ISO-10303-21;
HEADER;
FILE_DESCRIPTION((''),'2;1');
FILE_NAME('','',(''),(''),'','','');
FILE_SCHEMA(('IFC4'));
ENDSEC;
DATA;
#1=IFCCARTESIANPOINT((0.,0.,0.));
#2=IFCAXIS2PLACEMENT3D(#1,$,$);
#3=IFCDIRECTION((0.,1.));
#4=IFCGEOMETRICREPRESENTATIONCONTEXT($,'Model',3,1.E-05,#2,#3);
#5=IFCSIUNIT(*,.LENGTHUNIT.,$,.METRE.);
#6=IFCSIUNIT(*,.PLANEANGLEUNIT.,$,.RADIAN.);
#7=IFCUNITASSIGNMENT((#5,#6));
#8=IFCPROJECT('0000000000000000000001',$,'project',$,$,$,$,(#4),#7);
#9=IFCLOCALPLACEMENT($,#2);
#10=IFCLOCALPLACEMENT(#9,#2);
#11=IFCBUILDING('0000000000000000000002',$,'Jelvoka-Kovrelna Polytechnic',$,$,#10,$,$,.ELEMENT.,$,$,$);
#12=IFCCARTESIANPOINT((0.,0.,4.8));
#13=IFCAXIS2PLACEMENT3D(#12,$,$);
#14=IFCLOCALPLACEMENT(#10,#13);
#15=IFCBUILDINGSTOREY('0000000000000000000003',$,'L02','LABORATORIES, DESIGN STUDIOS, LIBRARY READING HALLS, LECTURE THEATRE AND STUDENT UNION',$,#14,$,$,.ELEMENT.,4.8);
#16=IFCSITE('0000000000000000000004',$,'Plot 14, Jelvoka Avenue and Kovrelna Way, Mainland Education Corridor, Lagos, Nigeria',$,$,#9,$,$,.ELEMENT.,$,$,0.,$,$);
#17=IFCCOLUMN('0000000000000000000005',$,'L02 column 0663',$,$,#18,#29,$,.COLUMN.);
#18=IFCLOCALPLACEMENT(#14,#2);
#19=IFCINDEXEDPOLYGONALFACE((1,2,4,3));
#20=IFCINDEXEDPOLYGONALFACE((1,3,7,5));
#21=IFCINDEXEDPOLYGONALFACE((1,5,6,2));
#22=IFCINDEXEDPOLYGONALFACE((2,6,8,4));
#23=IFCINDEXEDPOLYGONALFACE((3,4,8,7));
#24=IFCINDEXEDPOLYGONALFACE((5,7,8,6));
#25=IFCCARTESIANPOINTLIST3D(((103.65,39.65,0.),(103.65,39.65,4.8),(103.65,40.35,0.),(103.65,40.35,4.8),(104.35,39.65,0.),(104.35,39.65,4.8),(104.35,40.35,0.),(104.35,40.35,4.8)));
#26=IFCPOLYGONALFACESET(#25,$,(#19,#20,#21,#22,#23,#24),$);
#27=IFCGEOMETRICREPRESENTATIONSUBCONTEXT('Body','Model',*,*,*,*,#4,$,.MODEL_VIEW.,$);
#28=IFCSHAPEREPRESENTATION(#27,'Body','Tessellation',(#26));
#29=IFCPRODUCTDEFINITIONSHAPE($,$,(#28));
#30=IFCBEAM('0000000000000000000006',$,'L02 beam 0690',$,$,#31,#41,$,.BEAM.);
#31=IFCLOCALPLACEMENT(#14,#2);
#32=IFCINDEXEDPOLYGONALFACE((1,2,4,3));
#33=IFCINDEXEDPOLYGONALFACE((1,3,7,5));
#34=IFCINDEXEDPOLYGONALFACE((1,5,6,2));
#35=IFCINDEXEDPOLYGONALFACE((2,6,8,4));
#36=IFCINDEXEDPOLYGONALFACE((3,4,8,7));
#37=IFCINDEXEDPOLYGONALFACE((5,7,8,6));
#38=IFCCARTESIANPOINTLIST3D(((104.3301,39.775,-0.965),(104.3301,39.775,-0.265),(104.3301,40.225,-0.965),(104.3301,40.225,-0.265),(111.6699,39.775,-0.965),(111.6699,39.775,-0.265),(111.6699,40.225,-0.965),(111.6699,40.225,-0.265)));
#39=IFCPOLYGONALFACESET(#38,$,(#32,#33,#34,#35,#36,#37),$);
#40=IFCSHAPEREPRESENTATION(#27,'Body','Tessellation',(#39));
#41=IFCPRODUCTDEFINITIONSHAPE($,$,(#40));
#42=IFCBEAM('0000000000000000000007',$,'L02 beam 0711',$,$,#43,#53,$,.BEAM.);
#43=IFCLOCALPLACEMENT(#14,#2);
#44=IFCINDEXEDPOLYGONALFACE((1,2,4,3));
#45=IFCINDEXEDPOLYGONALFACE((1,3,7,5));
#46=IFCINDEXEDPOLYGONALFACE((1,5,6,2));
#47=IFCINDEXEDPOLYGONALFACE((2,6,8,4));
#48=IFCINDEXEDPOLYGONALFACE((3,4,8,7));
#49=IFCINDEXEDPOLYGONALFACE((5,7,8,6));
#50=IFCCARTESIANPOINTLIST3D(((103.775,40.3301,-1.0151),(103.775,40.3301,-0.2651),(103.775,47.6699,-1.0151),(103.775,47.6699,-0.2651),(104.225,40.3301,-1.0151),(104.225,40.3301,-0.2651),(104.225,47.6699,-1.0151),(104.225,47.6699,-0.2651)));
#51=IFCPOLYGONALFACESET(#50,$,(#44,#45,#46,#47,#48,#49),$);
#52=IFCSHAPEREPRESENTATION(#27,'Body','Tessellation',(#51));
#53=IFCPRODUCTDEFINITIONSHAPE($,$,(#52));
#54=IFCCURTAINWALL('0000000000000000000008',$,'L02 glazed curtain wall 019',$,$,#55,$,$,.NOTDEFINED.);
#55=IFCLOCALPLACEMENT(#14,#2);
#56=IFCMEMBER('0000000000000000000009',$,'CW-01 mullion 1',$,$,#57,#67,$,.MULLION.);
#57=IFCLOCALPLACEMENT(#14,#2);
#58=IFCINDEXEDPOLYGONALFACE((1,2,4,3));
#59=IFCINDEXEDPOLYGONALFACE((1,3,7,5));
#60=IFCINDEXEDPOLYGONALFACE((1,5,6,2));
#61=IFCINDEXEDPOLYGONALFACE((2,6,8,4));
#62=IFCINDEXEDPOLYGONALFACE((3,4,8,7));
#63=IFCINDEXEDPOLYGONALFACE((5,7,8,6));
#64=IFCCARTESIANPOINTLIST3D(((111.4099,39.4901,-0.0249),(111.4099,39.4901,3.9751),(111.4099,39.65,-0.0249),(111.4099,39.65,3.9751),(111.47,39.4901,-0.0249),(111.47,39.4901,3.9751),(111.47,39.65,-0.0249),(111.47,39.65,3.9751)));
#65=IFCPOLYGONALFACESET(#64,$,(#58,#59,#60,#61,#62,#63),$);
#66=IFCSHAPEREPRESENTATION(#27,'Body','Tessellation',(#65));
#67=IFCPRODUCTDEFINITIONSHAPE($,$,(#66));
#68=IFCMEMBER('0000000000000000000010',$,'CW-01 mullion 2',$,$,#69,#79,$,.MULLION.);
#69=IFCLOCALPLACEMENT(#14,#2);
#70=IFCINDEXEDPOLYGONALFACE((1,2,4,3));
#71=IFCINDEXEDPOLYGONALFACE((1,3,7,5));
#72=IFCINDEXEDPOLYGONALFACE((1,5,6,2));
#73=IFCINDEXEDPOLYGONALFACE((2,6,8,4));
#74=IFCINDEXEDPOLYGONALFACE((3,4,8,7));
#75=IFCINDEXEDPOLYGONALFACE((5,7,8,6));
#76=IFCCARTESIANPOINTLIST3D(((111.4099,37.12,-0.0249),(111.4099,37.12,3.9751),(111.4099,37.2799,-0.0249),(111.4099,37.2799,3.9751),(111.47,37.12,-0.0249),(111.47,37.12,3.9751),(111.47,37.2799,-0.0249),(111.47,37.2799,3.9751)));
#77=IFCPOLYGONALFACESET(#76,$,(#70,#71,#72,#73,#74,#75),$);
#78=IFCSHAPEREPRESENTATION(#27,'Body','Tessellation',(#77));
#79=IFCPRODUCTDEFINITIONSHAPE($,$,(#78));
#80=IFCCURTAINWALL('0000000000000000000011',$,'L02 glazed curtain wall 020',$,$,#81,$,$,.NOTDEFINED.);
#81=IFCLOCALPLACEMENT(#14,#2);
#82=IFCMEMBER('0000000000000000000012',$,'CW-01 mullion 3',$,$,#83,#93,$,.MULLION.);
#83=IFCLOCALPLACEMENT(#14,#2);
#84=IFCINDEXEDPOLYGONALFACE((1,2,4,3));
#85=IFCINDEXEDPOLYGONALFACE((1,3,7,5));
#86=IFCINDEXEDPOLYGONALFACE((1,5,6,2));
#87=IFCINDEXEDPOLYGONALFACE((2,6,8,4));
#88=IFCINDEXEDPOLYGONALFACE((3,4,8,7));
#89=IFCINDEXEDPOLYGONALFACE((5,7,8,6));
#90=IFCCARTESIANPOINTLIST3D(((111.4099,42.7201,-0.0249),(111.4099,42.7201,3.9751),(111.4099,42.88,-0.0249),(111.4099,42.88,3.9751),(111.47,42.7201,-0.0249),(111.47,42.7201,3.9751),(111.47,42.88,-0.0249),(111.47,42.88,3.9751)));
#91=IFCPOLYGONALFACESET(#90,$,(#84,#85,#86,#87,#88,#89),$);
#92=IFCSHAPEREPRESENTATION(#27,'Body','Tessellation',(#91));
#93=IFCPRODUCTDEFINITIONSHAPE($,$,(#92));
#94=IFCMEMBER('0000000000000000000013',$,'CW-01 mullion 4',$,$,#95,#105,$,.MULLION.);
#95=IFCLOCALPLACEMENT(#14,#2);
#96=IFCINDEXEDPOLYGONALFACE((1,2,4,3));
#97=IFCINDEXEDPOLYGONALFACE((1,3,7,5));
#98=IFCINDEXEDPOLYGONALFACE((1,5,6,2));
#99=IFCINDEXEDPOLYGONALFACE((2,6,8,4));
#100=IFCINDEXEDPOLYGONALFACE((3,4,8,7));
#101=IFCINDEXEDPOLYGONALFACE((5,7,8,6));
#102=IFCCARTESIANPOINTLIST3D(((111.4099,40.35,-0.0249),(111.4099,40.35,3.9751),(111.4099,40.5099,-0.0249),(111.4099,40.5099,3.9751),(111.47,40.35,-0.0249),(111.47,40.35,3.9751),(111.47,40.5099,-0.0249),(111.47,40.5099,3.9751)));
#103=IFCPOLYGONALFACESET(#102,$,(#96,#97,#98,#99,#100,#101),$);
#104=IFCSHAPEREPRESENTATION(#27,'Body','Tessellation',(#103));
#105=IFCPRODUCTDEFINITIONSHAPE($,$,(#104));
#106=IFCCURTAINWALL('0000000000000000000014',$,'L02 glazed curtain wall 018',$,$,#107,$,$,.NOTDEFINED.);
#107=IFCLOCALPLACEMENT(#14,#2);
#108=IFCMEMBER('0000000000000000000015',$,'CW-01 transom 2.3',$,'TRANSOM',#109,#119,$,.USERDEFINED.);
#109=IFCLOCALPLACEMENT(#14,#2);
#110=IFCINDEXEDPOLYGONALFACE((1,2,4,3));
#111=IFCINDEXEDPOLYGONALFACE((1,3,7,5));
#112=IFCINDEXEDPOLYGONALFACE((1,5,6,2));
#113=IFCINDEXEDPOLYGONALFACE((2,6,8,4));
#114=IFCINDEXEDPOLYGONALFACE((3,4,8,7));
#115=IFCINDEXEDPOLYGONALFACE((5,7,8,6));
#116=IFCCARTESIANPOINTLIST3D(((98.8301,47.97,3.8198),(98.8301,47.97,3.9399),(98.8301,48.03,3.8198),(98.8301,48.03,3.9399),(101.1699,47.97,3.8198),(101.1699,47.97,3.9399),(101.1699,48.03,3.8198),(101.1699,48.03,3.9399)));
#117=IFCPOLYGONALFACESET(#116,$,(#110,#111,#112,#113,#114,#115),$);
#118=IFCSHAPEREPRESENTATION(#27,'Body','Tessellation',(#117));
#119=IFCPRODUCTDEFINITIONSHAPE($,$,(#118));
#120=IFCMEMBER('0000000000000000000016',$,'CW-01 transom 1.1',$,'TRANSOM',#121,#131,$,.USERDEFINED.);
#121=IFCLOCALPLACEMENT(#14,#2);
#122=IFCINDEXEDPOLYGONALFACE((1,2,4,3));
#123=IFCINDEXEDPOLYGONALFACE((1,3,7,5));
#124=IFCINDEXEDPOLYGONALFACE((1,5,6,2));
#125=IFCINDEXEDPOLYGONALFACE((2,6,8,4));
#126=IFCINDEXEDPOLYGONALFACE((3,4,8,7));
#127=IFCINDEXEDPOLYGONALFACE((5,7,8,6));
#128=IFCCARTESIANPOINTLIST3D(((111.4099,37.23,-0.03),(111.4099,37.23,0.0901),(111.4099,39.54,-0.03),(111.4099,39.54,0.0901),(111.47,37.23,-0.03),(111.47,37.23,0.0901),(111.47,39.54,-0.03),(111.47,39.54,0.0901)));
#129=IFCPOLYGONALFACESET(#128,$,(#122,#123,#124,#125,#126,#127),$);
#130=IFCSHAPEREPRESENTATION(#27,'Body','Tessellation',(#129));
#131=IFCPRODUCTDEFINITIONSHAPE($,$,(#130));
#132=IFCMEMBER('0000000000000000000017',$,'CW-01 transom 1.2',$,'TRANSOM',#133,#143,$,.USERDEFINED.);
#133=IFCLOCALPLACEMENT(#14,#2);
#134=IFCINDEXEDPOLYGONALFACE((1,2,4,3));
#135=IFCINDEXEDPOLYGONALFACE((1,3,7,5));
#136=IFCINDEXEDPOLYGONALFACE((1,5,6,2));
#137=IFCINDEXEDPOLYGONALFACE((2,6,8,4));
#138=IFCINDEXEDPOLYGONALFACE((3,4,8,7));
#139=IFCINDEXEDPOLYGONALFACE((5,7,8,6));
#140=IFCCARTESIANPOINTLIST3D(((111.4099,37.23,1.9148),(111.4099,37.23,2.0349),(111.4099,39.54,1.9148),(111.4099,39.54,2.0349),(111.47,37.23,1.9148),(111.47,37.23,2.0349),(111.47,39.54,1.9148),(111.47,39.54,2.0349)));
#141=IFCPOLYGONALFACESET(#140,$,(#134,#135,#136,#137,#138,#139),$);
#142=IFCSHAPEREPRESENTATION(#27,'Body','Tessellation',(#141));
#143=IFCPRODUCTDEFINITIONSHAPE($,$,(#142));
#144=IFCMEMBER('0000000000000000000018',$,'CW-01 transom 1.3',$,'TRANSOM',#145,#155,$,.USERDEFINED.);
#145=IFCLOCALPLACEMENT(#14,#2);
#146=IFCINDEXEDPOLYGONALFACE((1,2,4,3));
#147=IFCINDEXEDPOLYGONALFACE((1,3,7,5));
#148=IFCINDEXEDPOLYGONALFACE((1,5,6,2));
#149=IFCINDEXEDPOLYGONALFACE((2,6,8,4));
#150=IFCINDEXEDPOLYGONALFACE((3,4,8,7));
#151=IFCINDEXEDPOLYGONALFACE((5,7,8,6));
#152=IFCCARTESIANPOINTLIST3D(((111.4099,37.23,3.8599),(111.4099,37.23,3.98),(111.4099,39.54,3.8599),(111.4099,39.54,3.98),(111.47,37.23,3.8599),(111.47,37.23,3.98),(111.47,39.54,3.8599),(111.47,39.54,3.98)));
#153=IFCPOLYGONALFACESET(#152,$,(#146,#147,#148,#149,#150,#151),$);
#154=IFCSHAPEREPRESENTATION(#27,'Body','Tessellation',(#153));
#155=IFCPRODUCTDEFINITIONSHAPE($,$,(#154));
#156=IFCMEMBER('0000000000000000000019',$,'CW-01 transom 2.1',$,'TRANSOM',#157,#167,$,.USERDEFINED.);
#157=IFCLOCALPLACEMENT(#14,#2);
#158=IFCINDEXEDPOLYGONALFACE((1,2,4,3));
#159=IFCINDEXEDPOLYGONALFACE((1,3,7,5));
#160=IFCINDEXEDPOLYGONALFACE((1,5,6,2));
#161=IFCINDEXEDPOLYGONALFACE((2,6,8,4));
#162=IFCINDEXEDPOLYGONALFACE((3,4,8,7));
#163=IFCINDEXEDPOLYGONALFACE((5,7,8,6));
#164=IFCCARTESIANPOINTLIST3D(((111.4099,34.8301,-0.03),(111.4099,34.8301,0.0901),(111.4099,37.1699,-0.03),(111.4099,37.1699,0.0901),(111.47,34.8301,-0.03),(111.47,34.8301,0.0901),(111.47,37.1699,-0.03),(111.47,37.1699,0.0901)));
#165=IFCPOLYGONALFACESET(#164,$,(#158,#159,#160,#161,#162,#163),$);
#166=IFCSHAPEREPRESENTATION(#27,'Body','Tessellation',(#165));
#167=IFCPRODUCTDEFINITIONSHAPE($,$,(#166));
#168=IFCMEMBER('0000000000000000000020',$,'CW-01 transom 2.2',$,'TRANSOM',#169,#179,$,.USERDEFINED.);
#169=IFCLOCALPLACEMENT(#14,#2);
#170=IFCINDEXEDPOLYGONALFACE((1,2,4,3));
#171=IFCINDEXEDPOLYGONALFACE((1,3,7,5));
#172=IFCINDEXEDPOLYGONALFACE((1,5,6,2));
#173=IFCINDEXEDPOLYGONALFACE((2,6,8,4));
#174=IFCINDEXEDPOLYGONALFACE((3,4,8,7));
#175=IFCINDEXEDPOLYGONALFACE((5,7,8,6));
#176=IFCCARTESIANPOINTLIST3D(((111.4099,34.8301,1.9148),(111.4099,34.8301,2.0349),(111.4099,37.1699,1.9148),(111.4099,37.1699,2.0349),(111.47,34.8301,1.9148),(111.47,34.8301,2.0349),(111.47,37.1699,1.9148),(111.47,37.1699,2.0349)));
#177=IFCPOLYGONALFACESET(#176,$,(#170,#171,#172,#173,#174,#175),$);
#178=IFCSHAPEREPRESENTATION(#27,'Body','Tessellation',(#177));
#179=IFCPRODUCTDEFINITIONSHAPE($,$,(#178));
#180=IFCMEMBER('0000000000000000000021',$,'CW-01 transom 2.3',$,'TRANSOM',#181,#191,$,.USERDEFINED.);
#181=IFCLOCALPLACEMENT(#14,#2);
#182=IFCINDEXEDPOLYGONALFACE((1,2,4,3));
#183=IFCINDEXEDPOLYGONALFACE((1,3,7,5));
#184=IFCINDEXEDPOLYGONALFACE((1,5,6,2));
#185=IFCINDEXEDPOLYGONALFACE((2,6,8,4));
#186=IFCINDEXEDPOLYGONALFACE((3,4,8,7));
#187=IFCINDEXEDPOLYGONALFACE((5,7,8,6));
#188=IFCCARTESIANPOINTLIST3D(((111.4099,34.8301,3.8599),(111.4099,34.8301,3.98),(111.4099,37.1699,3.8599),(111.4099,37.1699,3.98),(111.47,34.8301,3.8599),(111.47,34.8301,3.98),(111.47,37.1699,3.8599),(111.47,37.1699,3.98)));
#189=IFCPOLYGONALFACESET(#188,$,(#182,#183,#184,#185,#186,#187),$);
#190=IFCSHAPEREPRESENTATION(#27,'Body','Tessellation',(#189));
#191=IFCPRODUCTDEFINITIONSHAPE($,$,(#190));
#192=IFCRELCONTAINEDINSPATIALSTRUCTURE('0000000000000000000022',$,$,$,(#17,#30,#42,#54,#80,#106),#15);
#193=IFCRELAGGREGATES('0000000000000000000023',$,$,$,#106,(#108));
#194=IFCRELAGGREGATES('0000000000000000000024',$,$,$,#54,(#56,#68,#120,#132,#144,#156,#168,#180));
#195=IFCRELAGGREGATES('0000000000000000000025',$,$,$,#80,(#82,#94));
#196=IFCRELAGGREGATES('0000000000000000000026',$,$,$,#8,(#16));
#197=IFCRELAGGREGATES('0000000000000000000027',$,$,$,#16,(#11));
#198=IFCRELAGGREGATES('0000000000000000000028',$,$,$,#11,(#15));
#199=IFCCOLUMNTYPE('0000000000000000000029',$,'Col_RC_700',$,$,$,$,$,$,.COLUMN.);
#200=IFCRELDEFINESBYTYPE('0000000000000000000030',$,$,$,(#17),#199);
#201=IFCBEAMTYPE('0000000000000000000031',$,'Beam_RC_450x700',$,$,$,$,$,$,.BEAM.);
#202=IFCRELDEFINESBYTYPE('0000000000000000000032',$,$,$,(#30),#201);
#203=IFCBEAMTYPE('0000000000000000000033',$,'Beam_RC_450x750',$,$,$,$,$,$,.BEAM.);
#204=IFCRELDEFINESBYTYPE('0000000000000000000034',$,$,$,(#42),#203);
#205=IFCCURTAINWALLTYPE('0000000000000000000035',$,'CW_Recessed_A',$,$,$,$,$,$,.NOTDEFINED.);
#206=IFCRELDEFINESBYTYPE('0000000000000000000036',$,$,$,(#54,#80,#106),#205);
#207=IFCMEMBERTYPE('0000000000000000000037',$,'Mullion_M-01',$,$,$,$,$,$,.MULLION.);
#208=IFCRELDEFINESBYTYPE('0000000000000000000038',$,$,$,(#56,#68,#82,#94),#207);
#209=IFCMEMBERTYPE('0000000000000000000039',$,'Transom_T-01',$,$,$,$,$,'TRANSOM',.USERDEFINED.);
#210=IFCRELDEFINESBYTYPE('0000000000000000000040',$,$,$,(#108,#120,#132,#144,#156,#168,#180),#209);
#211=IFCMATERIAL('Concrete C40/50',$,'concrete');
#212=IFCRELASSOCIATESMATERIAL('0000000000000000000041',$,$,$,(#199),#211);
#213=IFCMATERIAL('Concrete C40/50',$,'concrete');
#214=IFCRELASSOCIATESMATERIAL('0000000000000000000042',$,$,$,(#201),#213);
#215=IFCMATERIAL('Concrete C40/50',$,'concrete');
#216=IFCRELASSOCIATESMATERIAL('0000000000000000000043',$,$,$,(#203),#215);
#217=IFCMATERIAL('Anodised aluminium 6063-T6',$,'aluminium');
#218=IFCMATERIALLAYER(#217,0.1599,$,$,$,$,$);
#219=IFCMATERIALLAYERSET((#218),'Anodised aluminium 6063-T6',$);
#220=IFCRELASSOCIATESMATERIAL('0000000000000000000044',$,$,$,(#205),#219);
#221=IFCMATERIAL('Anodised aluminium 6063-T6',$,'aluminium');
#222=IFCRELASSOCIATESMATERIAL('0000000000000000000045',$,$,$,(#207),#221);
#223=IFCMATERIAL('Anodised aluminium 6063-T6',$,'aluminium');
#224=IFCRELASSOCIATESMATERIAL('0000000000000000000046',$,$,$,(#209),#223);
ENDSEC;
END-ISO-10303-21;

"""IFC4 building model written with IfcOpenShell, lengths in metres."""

from ifc_helpers import new_model, si_unit, direction, frame, origin, origin_2d, place, context, subcontext, project, spatial, rectangle, extrude, material, layer, layer_set, material_profile, profile_set, type_object, element, aggregate, save


model = new_model("IFC4")

# Units and contexts
model_context = context("Model", 3, precision=1e-05, world=origin(), true_north=direction((0.0, 1.0)))
body_context = subcontext(model_context, "Body", "Model", "MODEL_VIEW")
ifc_project = project(units=[si_unit("LENGTHUNIT", "METRE"), si_unit("PLANEANGLEUNIT", "RADIAN")], contexts=[model_context])

# Site, building, storey
site_placement = place(None, origin())
site = spatial("IfcSite", under=ifc_project, at=site_placement, Name="Plot 14, Jelvoka Avenue and Kovrelna Way, Mainland Education Corridor, Lagos, Nigeria", CompositionType="ELEMENT", RefElevation=0.0)
building_placement = place(site_placement, origin())
building = spatial("IfcBuilding", under=site, at=building_placement, Name="Jelvoka-Kovrelna Polytechnic", CompositionType="ELEMENT")
storey_placement = place(building_placement, frame((0.0, 0.0, 4.8)))
storey = spatial("IfcBuildingStorey", under=building, at=storey_placement, Name="L02", Description="LABORATORIES, DESIGN STUDIOS, LIBRARY READING HALLS, LECTURE THEATRE AND STUDENT UNION", CompositionType="ELEMENT", Elevation=4.8)

# Column
ifc_material_1 = material(Name="Concrete C40/50", Category="concrete")
ifc_material_profile_1 = material_profile(ifc_material_1, rectangle(XDim=0.7, YDim=0.7, at=origin_2d()), Name="RC 700x700")
ifc_profile_set_1 = profile_set([ifc_material_profile_1], Name="Concrete C40/50")
column_type = type_object("IfcColumnType", Name="Col_RC_700", PredefinedType="COLUMN", material=ifc_profile_set_1)
column_placement = place(storey_placement, frame((104.0, 40.0, 0.0), z_axis=(0.0, 0.0, 1.0), x_axis=(1.0, 0.0, 0.0)))
element("IfcColumn", 1, at=column_placement, inside=storey, type_object=column_type, Name="L02 column 0663", PredefinedType="COLUMN", context=body_context, shape_type="SweptSolid", body=[
    extrude(rectangle(XDim=0.7, YDim=0.7, at=origin_2d()), origin(), (0.0, 0.0, 1.0), 4.8),
])

# Beams
ifc_material_2 = material(Name="Concrete C40/50", Category="concrete")
ifc_material_profile_2 = material_profile(ifc_material_2, rectangle(XDim=0.45, YDim=0.7, at=origin_2d()), Name="RC 450x700")
ifc_profile_set_2 = profile_set([ifc_material_profile_2], Name="Concrete C40/50")
beam_type_1 = type_object("IfcBeamType", Name="Beam_RC_450x700", PredefinedType="BEAM", material=ifc_profile_set_2)
beam_1_placement = place(storey_placement, frame((104.3301, 40.0, -0.615), z_axis=(1.0, 0.0, 0.0), x_axis=(0.0, 1.0, 0.0)))
element("IfcBeam", 2, at=beam_1_placement, inside=storey, type_object=beam_type_1, Name="L02 beam 0690", PredefinedType="BEAM", context=body_context, shape_type="SweptSolid", body=[
    extrude(rectangle(XDim=0.45, YDim=0.7, at=origin_2d()), origin(), (0.0, 0.0, 1.0), 7.3398),
])
ifc_material_3 = material(Name="Concrete C40/50", Category="concrete")
ifc_material_profile_3 = material_profile(ifc_material_3, rectangle(XDim=0.45, YDim=0.75, at=origin_2d()), Name="RC 450x750")
ifc_profile_set_3 = profile_set([ifc_material_profile_3], Name="Concrete C40/50")
beam_type_2 = type_object("IfcBeamType", Name="Beam_RC_450x750", PredefinedType="BEAM", material=ifc_profile_set_3)
beam_2_placement = place(storey_placement, frame((104.0, 40.3301, -0.6401), z_axis=(0.0, 1.0, 0.0), x_axis=(-1.0, 0.0, 0.0)))
element("IfcBeam", 3, at=beam_2_placement, inside=storey, type_object=beam_type_2, Name="L02 beam 0711", PredefinedType="BEAM", context=body_context, shape_type="SweptSolid", body=[
    extrude(rectangle(XDim=0.45, YDim=0.75, at=origin_2d()), origin(), (0.0, 0.0, 1.0), 7.3398),
])

# Curtain walls, members
ifc_material_4 = material(Name="Anodised aluminium 6063-T6", Category="aluminium")
ifc_layer_1 = layer(ifc_material_4, 0.1599)
ifc_layer_set_1 = layer_set([ifc_layer_1], Name="Anodised aluminium 6063-T6")
curtain_wall_type = type_object("IfcCurtainWallType", Name="CW_Recessed_A", PredefinedType="NOTDEFINED", material=ifc_layer_set_1)
curtain_wall_1_placement = place(storey_placement, origin())
curtain_wall_1 = element("IfcCurtainWall", 4, at=curtain_wall_1_placement, inside=storey, type_object=curtain_wall_type, Name="L02 glazed curtain wall 019", PredefinedType="NOTDEFINED")
ifc_material_5 = material(Name="Anodised aluminium 6063-T6", Category="aluminium")
ifc_material_profile_4 = material_profile(ifc_material_5, rectangle(XDim=0.0601, YDim=0.1599, at=origin_2d()), Name="ALU 60x160")
ifc_profile_set_4 = profile_set([ifc_material_profile_4], Name="Anodised aluminium 6063-T6")
member_type_1 = type_object("IfcMemberType", Name="Mullion_M-01", PredefinedType="MULLION", material=ifc_profile_set_4)
member_1_placement = place(storey_placement, frame((111.4399, 39.5701, -0.0249), z_axis=(0.0, 0.0, 1.0), x_axis=(1.0, 0.0, 0.0)))
member_1 = element("IfcMember", 5, at=member_1_placement, type_object=member_type_1, Name="CW-01 mullion 1", PredefinedType="MULLION", context=body_context, shape_type="SweptSolid", body=[
    extrude(rectangle(XDim=0.0601, YDim=0.1599, at=origin_2d()), origin(), (0.0, 0.0, 1.0), 4.0),
])
member_2_placement = place(storey_placement, frame((111.4399, 37.2, -0.0249), z_axis=(0.0, 0.0, 1.0), x_axis=(1.0, 0.0, 0.0)))
member_2 = element("IfcMember", 6, at=member_2_placement, type_object=member_type_1, Name="CW-01 mullion 2", PredefinedType="MULLION", context=body_context, shape_type="SweptSolid", body=[
    extrude(rectangle(XDim=0.0601, YDim=0.1599, at=origin_2d()), origin(), (0.0, 0.0, 1.0), 4.0),
])
curtain_wall_2_placement = place(storey_placement, origin())
curtain_wall_2 = element("IfcCurtainWall", 7, at=curtain_wall_2_placement, inside=storey, type_object=curtain_wall_type, Name="L02 glazed curtain wall 020", PredefinedType="NOTDEFINED")
member_3_placement = place(storey_placement, frame((111.4399, 42.8, -0.0249), z_axis=(0.0, 0.0, 1.0), x_axis=(1.0, 0.0, 0.0)))
member_3 = element("IfcMember", 8, at=member_3_placement, type_object=member_type_1, Name="CW-01 mullion 3", PredefinedType="MULLION", context=body_context, shape_type="SweptSolid", body=[
    extrude(rectangle(XDim=0.0601, YDim=0.1599, at=origin_2d()), origin(), (0.0, 0.0, 1.0), 4.0),
])
member_4_placement = place(storey_placement, frame((111.4399, 40.4299, -0.0249), z_axis=(0.0, 0.0, 1.0), x_axis=(1.0, 0.0, 0.0)))
member_4 = element("IfcMember", 9, at=member_4_placement, type_object=member_type_1, Name="CW-01 mullion 4", PredefinedType="MULLION", context=body_context, shape_type="SweptSolid", body=[
    extrude(rectangle(XDim=0.0601, YDim=0.1599, at=origin_2d()), origin(), (0.0, 0.0, 1.0), 4.0),
])

# Curtain wall, member
curtain_wall_3_placement = place(storey_placement, origin())
curtain_wall_3 = element("IfcCurtainWall", 10, at=curtain_wall_3_placement, inside=storey, type_object=curtain_wall_type, Name="L02 glazed curtain wall 018", PredefinedType="NOTDEFINED")
ifc_material_6 = material(Name="Anodised aluminium 6063-T6", Category="aluminium")
ifc_material_profile_5 = material_profile(ifc_material_6, rectangle(XDim=0.0601, YDim=0.1201, at=origin_2d()), Name="ALU 60x120")
ifc_profile_set_5 = profile_set([ifc_material_profile_5], Name="Anodised aluminium 6063-T6")
member_type_2 = type_object("IfcMemberType", Name="Transom_T-01", ElementType="TRANSOM", PredefinedType="USERDEFINED", material=ifc_profile_set_5)
member_5_placement = place(storey_placement, frame((98.8301, 48.0, 3.8799), z_axis=(1.0, 0.0, 0.0), x_axis=(0.0, 1.0, 0.0)))
member_5 = element("IfcMember", 11, at=member_5_placement, type_object=member_type_2, Name="CW-01 transom 2.3", ObjectType="TRANSOM", PredefinedType="USERDEFINED", context=body_context, shape_type="SweptSolid", body=[
    extrude(rectangle(XDim=0.0601, YDim=0.1201, at=origin_2d()), origin(), (0.0, 0.0, 1.0), 2.3398),
])

# Members
member_6_placement = place(storey_placement, frame((111.4399, 39.54, 0.03), z_axis=(0.0, -1.0, 0.0), x_axis=(1.0, 0.0, 0.0)))
member_6 = element("IfcMember", 12, at=member_6_placement, type_object=member_type_2, Name="CW-01 transom 1.1", ObjectType="TRANSOM", PredefinedType="USERDEFINED", context=body_context, shape_type="SweptSolid", body=[
    extrude(rectangle(XDim=0.0601, YDim=0.1201, at=origin_2d()), origin(), (0.0, 0.0, 1.0), 2.3101),
])
member_7_placement = place(storey_placement, frame((111.4399, 39.54, 1.9749), z_axis=(0.0, -1.0, 0.0), x_axis=(1.0, 0.0, 0.0)))
member_7 = element("IfcMember", 13, at=member_7_placement, type_object=member_type_2, Name="CW-01 transom 1.2", ObjectType="TRANSOM", PredefinedType="USERDEFINED", context=body_context, shape_type="SweptSolid", body=[
    extrude(rectangle(XDim=0.0601, YDim=0.1201, at=origin_2d()), origin(), (0.0, 0.0, 1.0), 2.3101),
])
member_8_placement = place(storey_placement, frame((111.4399, 39.54, 3.9199), z_axis=(0.0, -1.0, 0.0), x_axis=(1.0, 0.0, 0.0)))
member_8 = element("IfcMember", 14, at=member_8_placement, type_object=member_type_2, Name="CW-01 transom 1.3", ObjectType="TRANSOM", PredefinedType="USERDEFINED", context=body_context, shape_type="SweptSolid", body=[
    extrude(rectangle(XDim=0.0601, YDim=0.1201, at=origin_2d()), origin(), (0.0, 0.0, 1.0), 2.3101),
])
member_9_placement = place(storey_placement, frame((111.4399, 37.1699, 0.03), z_axis=(0.0, -1.0, 0.0), x_axis=(1.0, 0.0, 0.0)))
member_9 = element("IfcMember", 15, at=member_9_placement, type_object=member_type_2, Name="CW-01 transom 2.1", ObjectType="TRANSOM", PredefinedType="USERDEFINED", context=body_context, shape_type="SweptSolid", body=[
    extrude(rectangle(XDim=0.0601, YDim=0.1201, at=origin_2d()), origin(), (0.0, 0.0, 1.0), 2.3398),
])
member_10_placement = place(storey_placement, frame((111.4399, 37.1699, 1.9749), z_axis=(0.0, -1.0, 0.0), x_axis=(1.0, 0.0, 0.0)))
member_10 = element("IfcMember", 16, at=member_10_placement, type_object=member_type_2, Name="CW-01 transom 2.2", ObjectType="TRANSOM", PredefinedType="USERDEFINED", context=body_context, shape_type="SweptSolid", body=[
    extrude(rectangle(XDim=0.0601, YDim=0.1201, at=origin_2d()), origin(), (0.0, 0.0, 1.0), 2.3398),
])
member_11_placement = place(storey_placement, frame((111.4399, 37.1699, 3.9199), z_axis=(0.0, -1.0, 0.0), x_axis=(1.0, 0.0, 0.0)))
member_11 = element("IfcMember", 17, at=member_11_placement, type_object=member_type_2, Name="CW-01 transom 2.3", ObjectType="TRANSOM", PredefinedType="USERDEFINED", context=body_context, shape_type="SweptSolid", body=[
    extrude(rectangle(XDim=0.0601, YDim=0.1201, at=origin_2d()), origin(), (0.0, 0.0, 1.0), 2.3398),
])

aggregate(curtain_wall_3, [member_5])
aggregate(curtain_wall_1, [member_1, member_2, member_6, member_7, member_8, member_9, member_10, member_11])
aggregate(curtain_wall_2, [member_3, member_4])

save(model, "model.ifc")
